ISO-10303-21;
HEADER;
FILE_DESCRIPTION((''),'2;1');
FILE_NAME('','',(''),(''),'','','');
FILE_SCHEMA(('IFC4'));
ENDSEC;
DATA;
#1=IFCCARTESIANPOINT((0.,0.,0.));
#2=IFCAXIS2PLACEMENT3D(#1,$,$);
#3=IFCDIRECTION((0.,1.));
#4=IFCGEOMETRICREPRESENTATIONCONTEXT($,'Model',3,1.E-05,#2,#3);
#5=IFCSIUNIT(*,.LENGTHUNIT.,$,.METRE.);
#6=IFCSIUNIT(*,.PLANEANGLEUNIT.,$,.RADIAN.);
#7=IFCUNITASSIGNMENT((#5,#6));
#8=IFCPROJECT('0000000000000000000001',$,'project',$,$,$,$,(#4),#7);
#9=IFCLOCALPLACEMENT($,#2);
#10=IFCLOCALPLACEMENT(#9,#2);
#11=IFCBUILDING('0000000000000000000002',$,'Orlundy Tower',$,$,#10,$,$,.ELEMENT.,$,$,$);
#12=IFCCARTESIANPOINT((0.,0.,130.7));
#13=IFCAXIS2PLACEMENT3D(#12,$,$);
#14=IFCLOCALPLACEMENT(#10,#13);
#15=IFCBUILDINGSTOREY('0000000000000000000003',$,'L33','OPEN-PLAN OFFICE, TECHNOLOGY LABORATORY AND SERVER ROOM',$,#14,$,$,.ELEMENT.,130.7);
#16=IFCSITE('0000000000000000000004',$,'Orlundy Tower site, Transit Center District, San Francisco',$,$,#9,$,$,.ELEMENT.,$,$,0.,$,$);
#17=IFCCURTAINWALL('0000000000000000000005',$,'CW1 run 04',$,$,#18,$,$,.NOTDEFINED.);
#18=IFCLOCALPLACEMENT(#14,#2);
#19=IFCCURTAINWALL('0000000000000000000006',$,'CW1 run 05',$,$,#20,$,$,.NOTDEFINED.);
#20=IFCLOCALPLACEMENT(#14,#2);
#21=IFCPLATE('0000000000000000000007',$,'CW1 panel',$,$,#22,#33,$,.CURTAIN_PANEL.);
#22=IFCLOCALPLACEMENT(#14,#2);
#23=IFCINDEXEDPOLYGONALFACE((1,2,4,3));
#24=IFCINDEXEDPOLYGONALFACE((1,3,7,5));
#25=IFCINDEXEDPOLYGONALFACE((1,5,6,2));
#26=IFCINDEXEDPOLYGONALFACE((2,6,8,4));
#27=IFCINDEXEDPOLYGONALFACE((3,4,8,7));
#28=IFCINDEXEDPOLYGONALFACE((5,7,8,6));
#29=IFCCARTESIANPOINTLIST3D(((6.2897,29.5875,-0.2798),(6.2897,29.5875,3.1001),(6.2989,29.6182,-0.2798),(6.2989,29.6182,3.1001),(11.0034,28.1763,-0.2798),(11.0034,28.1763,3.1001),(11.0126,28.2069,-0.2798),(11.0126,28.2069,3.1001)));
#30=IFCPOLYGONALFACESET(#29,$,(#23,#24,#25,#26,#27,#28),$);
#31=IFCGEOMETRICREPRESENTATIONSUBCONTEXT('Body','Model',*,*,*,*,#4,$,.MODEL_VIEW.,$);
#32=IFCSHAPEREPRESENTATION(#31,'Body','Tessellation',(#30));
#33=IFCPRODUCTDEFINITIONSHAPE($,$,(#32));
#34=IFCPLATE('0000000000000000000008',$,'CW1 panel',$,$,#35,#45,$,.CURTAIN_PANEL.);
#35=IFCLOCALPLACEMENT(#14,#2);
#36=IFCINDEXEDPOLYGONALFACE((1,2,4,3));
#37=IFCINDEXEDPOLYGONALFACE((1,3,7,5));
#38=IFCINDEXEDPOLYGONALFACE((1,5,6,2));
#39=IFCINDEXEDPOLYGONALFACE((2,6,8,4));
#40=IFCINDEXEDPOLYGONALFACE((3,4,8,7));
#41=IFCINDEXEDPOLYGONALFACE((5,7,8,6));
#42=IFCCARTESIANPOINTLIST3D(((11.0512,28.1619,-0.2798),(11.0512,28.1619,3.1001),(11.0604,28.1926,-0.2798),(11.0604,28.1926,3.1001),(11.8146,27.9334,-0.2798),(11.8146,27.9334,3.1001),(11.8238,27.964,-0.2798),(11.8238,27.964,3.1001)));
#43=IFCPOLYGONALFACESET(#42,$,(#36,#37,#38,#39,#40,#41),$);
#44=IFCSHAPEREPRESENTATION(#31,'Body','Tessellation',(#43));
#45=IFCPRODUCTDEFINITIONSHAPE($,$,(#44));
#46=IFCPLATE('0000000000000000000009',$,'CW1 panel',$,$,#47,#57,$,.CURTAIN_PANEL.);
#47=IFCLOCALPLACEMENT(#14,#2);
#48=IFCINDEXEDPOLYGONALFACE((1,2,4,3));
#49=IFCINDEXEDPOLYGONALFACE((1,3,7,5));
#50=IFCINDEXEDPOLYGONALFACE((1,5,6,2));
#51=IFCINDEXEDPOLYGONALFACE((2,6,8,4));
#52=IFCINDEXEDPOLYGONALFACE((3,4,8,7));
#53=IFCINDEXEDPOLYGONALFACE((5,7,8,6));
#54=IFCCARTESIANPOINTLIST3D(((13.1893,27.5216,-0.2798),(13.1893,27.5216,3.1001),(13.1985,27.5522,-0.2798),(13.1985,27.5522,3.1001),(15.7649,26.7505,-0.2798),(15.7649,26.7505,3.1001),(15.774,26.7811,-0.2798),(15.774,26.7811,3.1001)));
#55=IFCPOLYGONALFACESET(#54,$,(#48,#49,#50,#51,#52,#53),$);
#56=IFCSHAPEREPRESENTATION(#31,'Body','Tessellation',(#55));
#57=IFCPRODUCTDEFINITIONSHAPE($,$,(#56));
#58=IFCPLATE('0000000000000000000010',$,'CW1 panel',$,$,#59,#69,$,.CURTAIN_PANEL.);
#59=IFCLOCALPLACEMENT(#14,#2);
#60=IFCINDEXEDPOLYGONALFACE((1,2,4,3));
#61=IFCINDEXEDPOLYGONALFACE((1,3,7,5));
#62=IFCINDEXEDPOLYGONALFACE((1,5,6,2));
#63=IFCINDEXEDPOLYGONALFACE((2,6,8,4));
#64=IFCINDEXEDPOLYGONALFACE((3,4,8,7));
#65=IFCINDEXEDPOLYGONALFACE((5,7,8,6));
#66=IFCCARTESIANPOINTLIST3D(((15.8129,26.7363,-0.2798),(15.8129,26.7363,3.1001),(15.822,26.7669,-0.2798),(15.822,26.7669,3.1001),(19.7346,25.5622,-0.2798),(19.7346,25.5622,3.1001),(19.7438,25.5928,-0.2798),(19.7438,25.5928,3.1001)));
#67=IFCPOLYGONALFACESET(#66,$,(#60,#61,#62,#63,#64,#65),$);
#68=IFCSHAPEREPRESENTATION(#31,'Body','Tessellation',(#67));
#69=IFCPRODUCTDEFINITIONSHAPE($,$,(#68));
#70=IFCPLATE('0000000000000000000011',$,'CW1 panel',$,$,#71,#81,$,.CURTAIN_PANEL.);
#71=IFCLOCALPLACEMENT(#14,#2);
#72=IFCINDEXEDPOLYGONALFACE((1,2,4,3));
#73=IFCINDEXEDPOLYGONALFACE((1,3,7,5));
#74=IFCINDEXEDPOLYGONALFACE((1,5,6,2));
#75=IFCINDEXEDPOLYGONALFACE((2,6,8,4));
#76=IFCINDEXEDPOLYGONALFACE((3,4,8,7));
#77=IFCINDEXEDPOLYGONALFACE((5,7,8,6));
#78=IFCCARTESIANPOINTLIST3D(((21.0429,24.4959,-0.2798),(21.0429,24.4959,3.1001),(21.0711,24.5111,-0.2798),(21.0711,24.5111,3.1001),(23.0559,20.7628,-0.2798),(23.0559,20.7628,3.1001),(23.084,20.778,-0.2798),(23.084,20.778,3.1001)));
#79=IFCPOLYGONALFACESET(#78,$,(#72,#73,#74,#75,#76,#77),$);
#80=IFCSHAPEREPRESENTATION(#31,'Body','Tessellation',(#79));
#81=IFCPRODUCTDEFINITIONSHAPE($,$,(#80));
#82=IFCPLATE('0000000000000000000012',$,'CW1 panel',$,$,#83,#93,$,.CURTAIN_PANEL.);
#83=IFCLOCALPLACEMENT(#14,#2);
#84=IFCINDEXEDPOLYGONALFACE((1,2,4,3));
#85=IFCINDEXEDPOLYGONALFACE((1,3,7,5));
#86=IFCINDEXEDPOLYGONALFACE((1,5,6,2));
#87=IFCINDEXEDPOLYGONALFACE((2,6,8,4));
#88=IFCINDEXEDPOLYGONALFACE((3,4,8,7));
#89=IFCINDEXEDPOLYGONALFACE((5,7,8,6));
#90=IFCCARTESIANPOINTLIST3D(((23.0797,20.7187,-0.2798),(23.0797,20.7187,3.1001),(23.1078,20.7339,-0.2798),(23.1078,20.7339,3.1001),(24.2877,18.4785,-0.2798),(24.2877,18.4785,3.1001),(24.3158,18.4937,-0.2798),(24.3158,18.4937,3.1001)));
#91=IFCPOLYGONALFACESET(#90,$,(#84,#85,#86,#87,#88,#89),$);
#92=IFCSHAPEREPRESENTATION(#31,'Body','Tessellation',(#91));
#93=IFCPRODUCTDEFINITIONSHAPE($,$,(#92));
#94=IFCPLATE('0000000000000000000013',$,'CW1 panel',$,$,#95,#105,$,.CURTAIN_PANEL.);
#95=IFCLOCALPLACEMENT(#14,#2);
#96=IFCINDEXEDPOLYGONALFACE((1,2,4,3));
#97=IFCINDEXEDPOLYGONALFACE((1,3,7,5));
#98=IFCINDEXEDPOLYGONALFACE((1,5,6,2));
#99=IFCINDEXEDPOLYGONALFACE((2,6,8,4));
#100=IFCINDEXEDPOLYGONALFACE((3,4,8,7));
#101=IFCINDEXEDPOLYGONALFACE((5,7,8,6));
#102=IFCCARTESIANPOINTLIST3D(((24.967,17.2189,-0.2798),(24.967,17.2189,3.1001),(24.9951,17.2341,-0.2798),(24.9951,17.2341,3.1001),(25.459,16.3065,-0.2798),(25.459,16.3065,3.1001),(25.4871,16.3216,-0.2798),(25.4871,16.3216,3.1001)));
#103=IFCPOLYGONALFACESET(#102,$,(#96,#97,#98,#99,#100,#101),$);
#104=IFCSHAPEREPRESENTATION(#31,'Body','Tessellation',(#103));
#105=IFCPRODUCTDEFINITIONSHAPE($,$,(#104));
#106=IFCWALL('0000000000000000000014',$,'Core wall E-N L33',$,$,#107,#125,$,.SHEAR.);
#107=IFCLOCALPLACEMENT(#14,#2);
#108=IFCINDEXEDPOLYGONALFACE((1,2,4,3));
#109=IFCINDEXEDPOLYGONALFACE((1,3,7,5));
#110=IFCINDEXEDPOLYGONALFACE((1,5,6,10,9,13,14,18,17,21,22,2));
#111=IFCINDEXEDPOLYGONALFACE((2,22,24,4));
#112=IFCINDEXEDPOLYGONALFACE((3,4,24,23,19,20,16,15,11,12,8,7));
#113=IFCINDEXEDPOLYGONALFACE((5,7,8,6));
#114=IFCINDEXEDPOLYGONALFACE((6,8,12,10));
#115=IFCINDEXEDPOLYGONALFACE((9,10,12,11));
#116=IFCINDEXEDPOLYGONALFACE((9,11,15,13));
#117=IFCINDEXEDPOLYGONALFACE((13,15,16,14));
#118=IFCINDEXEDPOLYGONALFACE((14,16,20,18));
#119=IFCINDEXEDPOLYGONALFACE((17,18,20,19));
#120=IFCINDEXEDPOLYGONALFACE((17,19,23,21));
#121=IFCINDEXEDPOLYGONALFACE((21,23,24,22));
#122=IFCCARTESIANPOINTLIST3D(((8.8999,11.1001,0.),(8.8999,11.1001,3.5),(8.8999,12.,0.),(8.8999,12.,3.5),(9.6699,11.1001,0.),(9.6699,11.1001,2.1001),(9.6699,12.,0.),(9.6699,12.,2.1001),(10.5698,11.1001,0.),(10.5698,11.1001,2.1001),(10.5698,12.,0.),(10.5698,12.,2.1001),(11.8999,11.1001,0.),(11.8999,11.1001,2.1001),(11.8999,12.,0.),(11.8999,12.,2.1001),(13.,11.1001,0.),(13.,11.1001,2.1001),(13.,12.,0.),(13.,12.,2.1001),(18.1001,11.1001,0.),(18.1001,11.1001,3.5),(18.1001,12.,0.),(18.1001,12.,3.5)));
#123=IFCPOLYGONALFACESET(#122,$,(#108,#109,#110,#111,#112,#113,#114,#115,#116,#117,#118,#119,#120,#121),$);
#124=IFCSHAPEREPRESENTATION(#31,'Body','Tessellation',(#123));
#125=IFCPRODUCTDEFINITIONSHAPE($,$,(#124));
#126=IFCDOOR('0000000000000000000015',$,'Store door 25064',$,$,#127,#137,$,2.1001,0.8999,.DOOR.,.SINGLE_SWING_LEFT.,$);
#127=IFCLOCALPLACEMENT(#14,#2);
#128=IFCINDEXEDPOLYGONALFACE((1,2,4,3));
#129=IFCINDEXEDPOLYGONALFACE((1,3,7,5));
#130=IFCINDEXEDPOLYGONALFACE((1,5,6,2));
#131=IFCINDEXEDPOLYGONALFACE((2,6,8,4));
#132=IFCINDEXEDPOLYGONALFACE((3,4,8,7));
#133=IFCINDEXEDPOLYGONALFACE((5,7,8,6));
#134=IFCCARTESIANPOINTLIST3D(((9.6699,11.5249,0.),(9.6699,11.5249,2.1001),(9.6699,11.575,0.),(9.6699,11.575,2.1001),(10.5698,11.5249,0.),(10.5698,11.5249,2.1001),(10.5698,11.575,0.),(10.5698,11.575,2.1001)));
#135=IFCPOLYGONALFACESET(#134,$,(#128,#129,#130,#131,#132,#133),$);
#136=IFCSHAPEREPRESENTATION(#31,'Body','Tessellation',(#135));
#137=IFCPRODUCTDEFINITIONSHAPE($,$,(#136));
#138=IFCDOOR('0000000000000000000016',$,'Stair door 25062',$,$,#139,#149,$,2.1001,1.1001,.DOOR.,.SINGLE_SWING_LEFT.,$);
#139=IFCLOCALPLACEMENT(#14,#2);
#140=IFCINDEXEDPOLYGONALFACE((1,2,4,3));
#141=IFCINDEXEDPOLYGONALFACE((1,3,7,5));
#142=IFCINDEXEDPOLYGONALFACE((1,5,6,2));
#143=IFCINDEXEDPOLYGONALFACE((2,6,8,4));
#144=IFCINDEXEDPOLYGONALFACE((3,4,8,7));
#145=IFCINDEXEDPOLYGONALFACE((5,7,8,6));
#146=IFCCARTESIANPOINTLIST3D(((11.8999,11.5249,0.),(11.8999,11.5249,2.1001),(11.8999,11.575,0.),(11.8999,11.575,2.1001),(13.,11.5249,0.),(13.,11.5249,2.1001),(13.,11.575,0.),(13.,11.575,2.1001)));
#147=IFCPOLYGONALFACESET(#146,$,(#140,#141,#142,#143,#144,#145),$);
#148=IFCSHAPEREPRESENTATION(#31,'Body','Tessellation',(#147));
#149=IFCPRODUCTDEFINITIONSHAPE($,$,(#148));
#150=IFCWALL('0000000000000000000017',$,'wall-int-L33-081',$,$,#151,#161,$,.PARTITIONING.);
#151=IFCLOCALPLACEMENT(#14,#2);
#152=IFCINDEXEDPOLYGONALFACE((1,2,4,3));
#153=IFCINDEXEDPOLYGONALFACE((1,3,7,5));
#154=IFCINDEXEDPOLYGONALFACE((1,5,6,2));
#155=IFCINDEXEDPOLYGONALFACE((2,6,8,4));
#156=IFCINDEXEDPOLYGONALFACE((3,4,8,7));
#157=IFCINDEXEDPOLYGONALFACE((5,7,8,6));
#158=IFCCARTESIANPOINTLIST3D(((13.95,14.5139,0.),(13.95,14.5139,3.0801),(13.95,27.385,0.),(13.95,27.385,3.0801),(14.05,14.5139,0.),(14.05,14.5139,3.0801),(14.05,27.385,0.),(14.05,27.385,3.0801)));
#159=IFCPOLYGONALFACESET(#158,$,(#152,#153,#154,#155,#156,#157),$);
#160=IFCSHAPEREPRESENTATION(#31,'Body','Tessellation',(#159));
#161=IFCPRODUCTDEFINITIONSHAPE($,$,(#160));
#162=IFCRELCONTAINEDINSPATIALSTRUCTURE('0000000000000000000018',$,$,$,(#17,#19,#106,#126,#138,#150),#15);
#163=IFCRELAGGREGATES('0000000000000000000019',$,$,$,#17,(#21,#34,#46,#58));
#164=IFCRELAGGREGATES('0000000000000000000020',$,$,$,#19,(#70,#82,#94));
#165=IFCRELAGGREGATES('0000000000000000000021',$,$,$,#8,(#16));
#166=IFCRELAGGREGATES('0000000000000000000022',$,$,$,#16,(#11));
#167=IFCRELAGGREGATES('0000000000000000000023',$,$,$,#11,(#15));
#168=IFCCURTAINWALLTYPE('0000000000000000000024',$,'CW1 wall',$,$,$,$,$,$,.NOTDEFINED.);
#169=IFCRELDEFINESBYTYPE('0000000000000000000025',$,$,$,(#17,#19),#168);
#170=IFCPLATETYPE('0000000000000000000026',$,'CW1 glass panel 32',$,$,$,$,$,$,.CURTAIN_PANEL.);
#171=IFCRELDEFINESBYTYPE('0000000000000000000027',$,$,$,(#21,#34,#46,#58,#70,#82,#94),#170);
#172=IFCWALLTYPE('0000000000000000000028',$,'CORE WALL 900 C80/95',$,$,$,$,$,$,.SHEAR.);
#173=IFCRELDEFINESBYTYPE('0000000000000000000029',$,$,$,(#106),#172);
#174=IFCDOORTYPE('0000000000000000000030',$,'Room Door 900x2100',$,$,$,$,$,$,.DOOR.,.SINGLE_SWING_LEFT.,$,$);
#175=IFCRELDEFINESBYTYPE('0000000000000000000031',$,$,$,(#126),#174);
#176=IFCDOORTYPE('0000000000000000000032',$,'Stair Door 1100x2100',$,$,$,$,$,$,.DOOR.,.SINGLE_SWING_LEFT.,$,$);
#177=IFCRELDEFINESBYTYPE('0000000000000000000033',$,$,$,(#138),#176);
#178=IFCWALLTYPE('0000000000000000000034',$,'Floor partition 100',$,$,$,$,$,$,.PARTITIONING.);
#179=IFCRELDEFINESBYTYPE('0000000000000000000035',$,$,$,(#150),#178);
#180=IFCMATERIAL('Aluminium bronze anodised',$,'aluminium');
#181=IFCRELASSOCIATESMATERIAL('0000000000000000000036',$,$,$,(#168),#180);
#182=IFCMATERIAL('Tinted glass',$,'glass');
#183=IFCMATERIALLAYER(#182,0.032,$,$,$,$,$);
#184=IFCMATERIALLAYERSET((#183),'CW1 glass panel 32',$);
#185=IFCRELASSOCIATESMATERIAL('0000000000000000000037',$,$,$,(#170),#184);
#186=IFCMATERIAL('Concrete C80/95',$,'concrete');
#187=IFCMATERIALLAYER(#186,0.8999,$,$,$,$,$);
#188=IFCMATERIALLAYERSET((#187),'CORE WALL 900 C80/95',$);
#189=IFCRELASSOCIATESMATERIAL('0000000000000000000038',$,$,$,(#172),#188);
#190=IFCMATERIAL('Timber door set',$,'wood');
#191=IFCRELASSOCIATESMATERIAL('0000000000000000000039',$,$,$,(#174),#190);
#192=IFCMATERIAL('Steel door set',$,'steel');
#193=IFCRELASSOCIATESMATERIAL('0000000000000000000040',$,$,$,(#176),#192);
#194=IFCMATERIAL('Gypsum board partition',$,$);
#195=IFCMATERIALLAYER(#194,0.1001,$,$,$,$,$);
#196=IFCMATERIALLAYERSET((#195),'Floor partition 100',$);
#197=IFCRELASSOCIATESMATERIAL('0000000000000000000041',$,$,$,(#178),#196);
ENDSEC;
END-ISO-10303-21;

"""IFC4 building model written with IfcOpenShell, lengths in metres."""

from ifc_helpers import new_model, si_unit, direction, frame, frame_2d, origin, origin_2d, place, context, subcontext, project, spatial, rectangle, extrude, material, layer, layer_set, type_object, element, fill, aggregate, save


model = new_model("IFC4")

# Units and contexts
model_context = context("Model", 3, precision=1e-05, world=origin(), true_north=direction((0.0, 1.0)))
body_context = subcontext(model_context, "Body", "Model", "MODEL_VIEW")
ifc_project = project(units=[si_unit("LENGTHUNIT", "METRE"), si_unit("PLANEANGLEUNIT", "RADIAN")], contexts=[model_context])

# Site, building, storey
site_placement = place(None, origin())
site = spatial("IfcSite", under=ifc_project, at=site_placement, Name="Orlundy Tower site, Transit Center District, San Francisco", CompositionType="ELEMENT", RefElevation=0.0)
building_placement = place(site_placement, origin())
building = spatial("IfcBuilding", under=site, at=building_placement, Name="Orlundy Tower", CompositionType="ELEMENT")
storey_placement = place(building_placement, frame((0.0, 0.0, 130.7)))
storey = spatial("IfcBuildingStorey", under=building, at=storey_placement, Name="L33", Description="OPEN-PLAN OFFICE, TECHNOLOGY LABORATORY AND SERVER ROOM", CompositionType="ELEMENT", Elevation=130.7)

# Curtain wall
ifc_material_1 = material(Name="Aluminium bronze anodised", Category="aluminium")
curtain_wall_type = type_object("IfcCurtainWallType", Name="CW1 wall", PredefinedType="NOTDEFINED", material=ifc_material_1)
curtain_wall_1_placement = place(storey_placement, origin())
curtain_wall_1 = element("IfcCurtainWall", 1, at=curtain_wall_1_placement, inside=storey, type_object=curtain_wall_type, Name="CW1 run 04", PredefinedType="NOTDEFINED")

# Curtain wall
curtain_wall_2_placement = place(storey_placement, origin())
curtain_wall_2 = element("IfcCurtainWall", 2, at=curtain_wall_2_placement, inside=storey, type_object=curtain_wall_type, Name="CW1 run 05", PredefinedType="NOTDEFINED")

# Plates
ifc_material_2 = material(Name="Tinted glass", Category="glass")
ifc_layer_1 = layer(ifc_material_2, 0.032)
ifc_layer_set_1 = layer_set([ifc_layer_1], Name="CW1 glass panel 32")
plate_type = type_object("IfcPlateType", Name="CW1 glass panel 32", PredefinedType="CURTAIN_PANEL", material=ifc_layer_set_1)
plate_1_placement = place(storey_placement, frame((8.6511, 28.8972, -0.2798), z_axis=(0.0, 0.0, 1.0), x_axis=(0.957986, -0.286816, 0.0)))
plate_1 = element("IfcPlate", 3, at=plate_1_placement, type_object=plate_type, Name="CW1 panel", PredefinedType="CURTAIN_PANEL", context=body_context, shape_type="SweptSolid", body=[
    extrude(rectangle(XDim=4.9204, YDim=0.032, at=origin_2d()), origin(), (0.0, 0.0, 1.0), 3.3799),
])
plate_2_placement = place(storey_placement, frame((11.4375, 28.063, -0.2798), z_axis=(0.0, 0.0, 1.0), x_axis=(0.957986, -0.286816, 0.0)))
plate_2 = element("IfcPlate", 4, at=plate_2_placement, type_object=plate_type, Name="CW1 panel", PredefinedType="CURTAIN_PANEL", context=body_context, shape_type="SweptSolid", body=[
    extrude(rectangle(XDim=0.7969, YDim=0.032, at=origin_2d()), origin(), (0.0, 0.0, 1.0), 3.3799),
])
plate_3_placement = place(storey_placement, frame((14.4817, 27.1514, -0.2798), z_axis=(0.0, 0.0, 1.0), x_axis=(0.957986, -0.286816, 0.0)))
plate_3 = element("IfcPlate", 5, at=plate_3_placement, type_object=plate_type, Name="CW1 panel", PredefinedType="CURTAIN_PANEL", context=body_context, shape_type="SweptSolid", body=[
    extrude(rectangle(XDim=2.6885, YDim=0.032, at=origin_2d()), origin(), (0.0, 0.0, 1.0), 3.3799),
])
plate_4_placement = place(storey_placement, frame((17.7783, 26.1646, -0.2798), z_axis=(0.0, 0.0, 1.0), x_axis=(0.957986, -0.286816, 0.0)))
plate_4 = element("IfcPlate", 6, at=plate_4_placement, type_object=plate_type, Name="CW1 panel", PredefinedType="CURTAIN_PANEL", context=body_context, shape_type="SweptSolid", body=[
    extrude(rectangle(XDim=4.0938, YDim=0.032, at=origin_2d()), origin(), (0.0, 0.0, 1.0), 3.3799),
])
aggregate(curtain_wall_1, [plate_1, plate_2, plate_3, plate_4])
plate_5_placement = place(storey_placement, frame((22.0635, 22.637, -0.2798), z_axis=(0.0, 0.0, 1.0), x_axis=(0.474624, -0.880189, 0.0)))
plate_5 = element("IfcPlate", 7, at=plate_5_placement, type_object=plate_type, Name="CW1 panel", PredefinedType="CURTAIN_PANEL", context=body_context, shape_type="SweptSolid", body=[
    extrude(rectangle(XDim=4.2412, YDim=0.032, at=origin_2d()), origin(), (0.0, 0.0, 1.0), 3.3799),
])
plate_6_placement = place(storey_placement, frame((23.6978, 19.6062, -0.2798), z_axis=(0.0, 0.0, 1.0), x_axis=(0.474624, -0.880189, 0.0)))
plate_6 = element("IfcPlate", 8, at=plate_6_placement, type_object=plate_type, Name="CW1 panel", PredefinedType="CURTAIN_PANEL", context=body_context, shape_type="SweptSolid", body=[
    extrude(rectangle(XDim=2.5452, YDim=0.032, at=origin_2d()), origin(), (0.0, 0.0, 1.0), 3.3799),
])
plate_7_placement = place(storey_placement, frame((25.2271, 16.7703, -0.2798), z_axis=(0.0, 0.0, 1.0), x_axis=(0.474624, -0.880189, 0.0)))
plate_7 = element("IfcPlate", 9, at=plate_7_placement, type_object=plate_type, Name="CW1 panel", PredefinedType="CURTAIN_PANEL", context=body_context, shape_type="SweptSolid", body=[
    extrude(rectangle(XDim=1.0366, YDim=0.032, at=origin_2d()), origin(), (0.0, 0.0, 1.0), 3.3799),
])
aggregate(curtain_wall_2, [plate_5, plate_6, plate_7])

# Wall, openings, doors
ifc_material_3 = material(Name="Concrete C80/95", Category="concrete")
ifc_layer_2 = layer(ifc_material_3, 0.8999)
ifc_layer_set_2 = layer_set([ifc_layer_2], Name="CORE WALL 900 C80/95")
wall_type_1 = type_object("IfcWallType", Name="CORE WALL 900 C80/95", PredefinedType="SHEAR", material=ifc_layer_set_2)
wall_1_placement = place(storey_placement, frame((8.8999, 11.55, 0.0), z_axis=(0.0, 0.0, 1.0), x_axis=(1.0, 0.0, 0.0)))
wall_1 = element("IfcWall", 10, at=wall_1_placement, inside=storey, type_object=wall_type_1, Name="Core wall E-N L33", PredefinedType="SHEAR", context=body_context, shape_type="SweptSolid", body=[
    extrude(rectangle(XDim=9.2002, YDim=0.8999, at=frame_2d((4.6001, 0.0))), origin(), (0.0, 0.0, 1.0), 3.5),
])
opening_1_placement = place(wall_1_placement, frame((3.0, 0.0, 0.0)))
opening_1 = element("IfcOpeningElement", 11, at=opening_1_placement, cuts=wall_1, PredefinedType="OPENING", context=body_context, shape_type="SweptSolid", body=[
    extrude(rectangle(XDim=1.1001, YDim=2.1001, at=frame_2d((0.55, 1.05))), frame((0.0, 0.46, 0.0), z_axis=(0.0, -1.0, 0.0), x_axis=(1.0, 0.0, 0.0)), (0.0, 0.0, 1.0), 0.9199),
])
opening_2_placement = place(wall_1_placement, frame((0.77, 0.0, 0.0)))
opening_2 = element("IfcOpeningElement", 12, at=opening_2_placement, cuts=wall_1, PredefinedType="OPENING", context=body_context, shape_type="SweptSolid", body=[
    extrude(rectangle(XDim=0.8999, YDim=2.1001, at=frame_2d((0.45, 1.05))), frame((0.0, 0.46, 0.0), z_axis=(0.0, -1.0, 0.0), x_axis=(1.0, 0.0, 0.0)), (0.0, 0.0, 1.0), 0.9199),
])
ifc_material_4 = material(Name="Timber door set", Category="wood")
door_type_1 = type_object("IfcDoorType", Name="Room Door 900x2100", OperationType="SINGLE_SWING_LEFT", PredefinedType="DOOR", material=ifc_material_4)
door_1_placement = place(opening_2_placement, origin())
door_1 = element("IfcDoor", 13, at=door_1_placement, inside=storey, type_object=door_type_1, Name="Store door 25064", OperationType="SINGLE_SWING_LEFT", OverallHeight=2.1001, OverallWidth=0.8999, PredefinedType="DOOR", context=body_context, shape_type="SweptSolid", body=[
    extrude(rectangle(XDim=0.8999, YDim=2.1001, at=frame_2d((0.45, 1.05))), frame((0.0, 0.0249, 0.0), z_axis=(0.0, -1.0, 0.0), x_axis=(1.0, 0.0, 0.0)), (0.0, 0.0, 1.0), 0.05),
])
fill(opening_2, door_1)
ifc_material_5 = material(Name="Steel door set", Category="steel")
door_type_2 = type_object("IfcDoorType", Name="Stair Door 1100x2100", OperationType="SINGLE_SWING_LEFT", PredefinedType="DOOR", material=ifc_material_5)
door_2_placement = place(opening_1_placement, origin())
door_2 = element("IfcDoor", 14, at=door_2_placement, inside=storey, type_object=door_type_2, Name="Stair door 25062", OperationType="SINGLE_SWING_LEFT", OverallHeight=2.1001, OverallWidth=1.1001, PredefinedType="DOOR", context=body_context, shape_type="SweptSolid", body=[
    extrude(rectangle(XDim=1.1001, YDim=2.1001, at=frame_2d((0.55, 1.05))), frame((0.0, 0.0249, 0.0), z_axis=(0.0, -1.0, 0.0), x_axis=(1.0, 0.0, 0.0)), (0.0, 0.0, 1.0), 0.05),
])
fill(opening_1, door_2)

# Wall
ifc_material_6 = material(Name="Gypsum board partition")
ifc_layer_3 = layer(ifc_material_6, 0.1001)
ifc_layer_set_3 = layer_set([ifc_layer_3], Name="Floor partition 100")
wall_type_2 = type_object("IfcWallType", Name="Floor partition 100", PredefinedType="PARTITIONING", material=ifc_layer_set_3)
wall_2_placement = place(storey_placement, frame((14.0, 14.5139, 0.0), z_axis=(0.0, 0.0, 1.0), x_axis=(0.0, 1.0, 0.0)))
element("IfcWall", 15, at=wall_2_placement, inside=storey, type_object=wall_type_2, Name="wall-int-L33-081", PredefinedType="PARTITIONING", context=body_context, shape_type="SweptSolid", body=[
    extrude(rectangle(XDim=12.8711, YDim=0.1001, at=frame_2d((6.4355, 0.0))), origin(), (0.0, 0.0, 1.0), 3.0801),
])

save(model, "model.ifc")
